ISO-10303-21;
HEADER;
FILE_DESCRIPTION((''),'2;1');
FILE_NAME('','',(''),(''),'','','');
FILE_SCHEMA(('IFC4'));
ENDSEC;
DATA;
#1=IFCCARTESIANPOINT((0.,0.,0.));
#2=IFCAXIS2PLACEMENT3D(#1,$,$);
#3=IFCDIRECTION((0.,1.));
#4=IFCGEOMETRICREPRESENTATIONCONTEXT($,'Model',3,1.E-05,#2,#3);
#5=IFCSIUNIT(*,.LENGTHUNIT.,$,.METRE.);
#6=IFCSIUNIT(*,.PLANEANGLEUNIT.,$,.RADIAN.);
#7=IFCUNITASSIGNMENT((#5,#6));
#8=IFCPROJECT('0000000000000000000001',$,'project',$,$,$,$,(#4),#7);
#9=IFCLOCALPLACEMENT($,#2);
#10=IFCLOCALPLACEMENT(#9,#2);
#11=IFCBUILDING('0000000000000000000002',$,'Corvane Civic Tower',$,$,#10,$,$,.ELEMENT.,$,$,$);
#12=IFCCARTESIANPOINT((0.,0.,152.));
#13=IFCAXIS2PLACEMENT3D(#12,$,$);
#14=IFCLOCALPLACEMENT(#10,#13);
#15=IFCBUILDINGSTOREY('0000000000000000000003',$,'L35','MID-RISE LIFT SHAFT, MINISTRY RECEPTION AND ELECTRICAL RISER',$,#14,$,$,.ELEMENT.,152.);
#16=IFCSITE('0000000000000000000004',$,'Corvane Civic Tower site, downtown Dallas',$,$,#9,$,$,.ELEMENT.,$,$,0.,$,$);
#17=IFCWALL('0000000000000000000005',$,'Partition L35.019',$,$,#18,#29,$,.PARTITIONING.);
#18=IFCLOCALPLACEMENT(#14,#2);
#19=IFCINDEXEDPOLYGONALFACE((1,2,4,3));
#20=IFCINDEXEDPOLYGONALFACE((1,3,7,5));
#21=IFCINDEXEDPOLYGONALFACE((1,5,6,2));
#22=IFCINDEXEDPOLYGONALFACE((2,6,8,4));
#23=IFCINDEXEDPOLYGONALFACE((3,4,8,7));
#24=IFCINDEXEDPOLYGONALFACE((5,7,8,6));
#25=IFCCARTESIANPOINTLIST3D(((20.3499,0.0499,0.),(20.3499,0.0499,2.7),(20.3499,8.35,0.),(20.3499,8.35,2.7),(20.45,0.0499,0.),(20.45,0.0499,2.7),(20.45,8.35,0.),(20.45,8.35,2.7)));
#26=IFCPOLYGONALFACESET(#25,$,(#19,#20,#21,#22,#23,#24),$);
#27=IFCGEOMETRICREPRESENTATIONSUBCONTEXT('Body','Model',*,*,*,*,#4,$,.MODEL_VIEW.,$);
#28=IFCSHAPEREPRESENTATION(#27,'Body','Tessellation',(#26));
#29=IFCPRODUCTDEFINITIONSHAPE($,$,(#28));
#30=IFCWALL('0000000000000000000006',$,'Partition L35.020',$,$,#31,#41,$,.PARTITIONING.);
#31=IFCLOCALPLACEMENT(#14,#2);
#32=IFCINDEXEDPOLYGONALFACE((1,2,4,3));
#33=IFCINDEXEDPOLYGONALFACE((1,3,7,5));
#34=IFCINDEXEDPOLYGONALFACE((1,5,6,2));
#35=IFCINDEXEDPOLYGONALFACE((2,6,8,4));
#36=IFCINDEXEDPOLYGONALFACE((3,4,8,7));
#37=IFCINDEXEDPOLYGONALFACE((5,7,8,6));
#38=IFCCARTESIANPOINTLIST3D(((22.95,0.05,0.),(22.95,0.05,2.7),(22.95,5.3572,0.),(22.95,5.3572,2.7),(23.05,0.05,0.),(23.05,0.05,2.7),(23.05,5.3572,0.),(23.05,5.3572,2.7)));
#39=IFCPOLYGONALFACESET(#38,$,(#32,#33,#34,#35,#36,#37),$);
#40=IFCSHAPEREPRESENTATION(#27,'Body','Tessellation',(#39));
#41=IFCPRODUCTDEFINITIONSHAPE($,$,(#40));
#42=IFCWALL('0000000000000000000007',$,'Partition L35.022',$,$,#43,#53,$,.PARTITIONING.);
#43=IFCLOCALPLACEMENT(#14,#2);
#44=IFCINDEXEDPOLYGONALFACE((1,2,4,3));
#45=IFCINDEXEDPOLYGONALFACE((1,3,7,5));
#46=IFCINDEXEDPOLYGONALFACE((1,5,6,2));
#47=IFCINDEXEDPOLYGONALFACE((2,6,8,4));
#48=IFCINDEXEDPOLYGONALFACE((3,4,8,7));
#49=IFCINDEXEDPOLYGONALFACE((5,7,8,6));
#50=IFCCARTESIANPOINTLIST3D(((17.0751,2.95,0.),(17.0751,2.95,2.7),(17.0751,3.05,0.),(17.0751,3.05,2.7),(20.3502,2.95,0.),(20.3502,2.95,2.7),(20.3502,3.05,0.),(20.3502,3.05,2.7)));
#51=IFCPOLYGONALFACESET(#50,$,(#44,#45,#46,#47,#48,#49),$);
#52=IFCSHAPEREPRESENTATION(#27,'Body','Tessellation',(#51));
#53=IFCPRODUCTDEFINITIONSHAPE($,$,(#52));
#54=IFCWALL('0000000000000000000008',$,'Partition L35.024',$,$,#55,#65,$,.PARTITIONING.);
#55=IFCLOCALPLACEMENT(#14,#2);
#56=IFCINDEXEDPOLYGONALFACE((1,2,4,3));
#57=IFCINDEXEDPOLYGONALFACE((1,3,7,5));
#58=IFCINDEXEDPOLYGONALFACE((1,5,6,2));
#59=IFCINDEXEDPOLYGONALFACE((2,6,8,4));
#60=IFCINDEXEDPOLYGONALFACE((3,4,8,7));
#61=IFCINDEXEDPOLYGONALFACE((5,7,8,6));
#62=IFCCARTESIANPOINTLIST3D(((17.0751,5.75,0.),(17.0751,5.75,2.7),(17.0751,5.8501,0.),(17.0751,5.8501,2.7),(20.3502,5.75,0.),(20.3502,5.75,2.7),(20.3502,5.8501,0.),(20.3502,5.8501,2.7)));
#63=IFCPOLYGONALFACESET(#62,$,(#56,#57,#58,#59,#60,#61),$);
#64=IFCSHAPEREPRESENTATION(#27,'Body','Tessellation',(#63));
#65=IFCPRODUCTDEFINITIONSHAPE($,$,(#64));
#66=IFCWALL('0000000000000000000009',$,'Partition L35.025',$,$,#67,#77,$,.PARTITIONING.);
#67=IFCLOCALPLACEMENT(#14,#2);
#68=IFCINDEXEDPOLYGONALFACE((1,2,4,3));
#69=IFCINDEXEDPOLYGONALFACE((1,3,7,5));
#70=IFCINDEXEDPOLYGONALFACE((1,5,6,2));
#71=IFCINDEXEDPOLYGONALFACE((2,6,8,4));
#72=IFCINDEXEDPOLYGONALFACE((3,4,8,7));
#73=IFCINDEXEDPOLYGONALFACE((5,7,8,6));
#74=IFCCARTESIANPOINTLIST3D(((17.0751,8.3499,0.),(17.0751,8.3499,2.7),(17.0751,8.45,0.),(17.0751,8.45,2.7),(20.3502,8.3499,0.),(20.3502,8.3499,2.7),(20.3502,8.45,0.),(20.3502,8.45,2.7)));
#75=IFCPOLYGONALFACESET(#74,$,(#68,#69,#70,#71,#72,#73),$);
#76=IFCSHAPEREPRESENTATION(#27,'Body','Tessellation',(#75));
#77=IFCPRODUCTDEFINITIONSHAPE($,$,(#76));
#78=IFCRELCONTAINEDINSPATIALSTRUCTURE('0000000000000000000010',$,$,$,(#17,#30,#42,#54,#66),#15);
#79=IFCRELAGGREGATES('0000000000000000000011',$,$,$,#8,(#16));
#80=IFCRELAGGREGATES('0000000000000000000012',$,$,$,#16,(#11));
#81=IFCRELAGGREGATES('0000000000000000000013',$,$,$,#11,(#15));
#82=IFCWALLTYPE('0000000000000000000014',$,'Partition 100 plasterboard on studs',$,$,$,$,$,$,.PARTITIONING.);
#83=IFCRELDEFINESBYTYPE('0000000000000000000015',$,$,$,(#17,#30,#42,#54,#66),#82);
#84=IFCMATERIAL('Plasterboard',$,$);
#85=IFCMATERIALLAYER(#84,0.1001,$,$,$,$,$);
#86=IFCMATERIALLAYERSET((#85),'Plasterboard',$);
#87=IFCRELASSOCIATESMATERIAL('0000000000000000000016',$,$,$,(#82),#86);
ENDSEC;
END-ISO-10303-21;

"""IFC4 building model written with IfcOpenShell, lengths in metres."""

from ifc_helpers import new_model, si_unit, direction, frame, frame_2d, origin, place, context, subcontext, project, spatial, rectangle, extrude, material, layer, layer_set, type_object, element, save


model = new_model("IFC4")

# Units and contexts
model_context = context("Model", 3, precision=1e-05, world=origin(), true_north=direction((0.0, 1.0)))
body_context = subcontext(model_context, "Body", "Model", "MODEL_VIEW")
ifc_project = project(units=[si_unit("LENGTHUNIT", "METRE"), si_unit("PLANEANGLEUNIT", "RADIAN")], contexts=[model_context])

# Site, building, storey
site_placement = place(None, origin())
site = spatial("IfcSite", under=ifc_project, at=site_placement, Name="Corvane Civic Tower site, downtown Dallas", CompositionType="ELEMENT", RefElevation=0.0)
building_placement = place(site_placement, origin())
building = spatial("IfcBuilding", under=site, at=building_placement, Name="Corvane Civic Tower", CompositionType="ELEMENT")
storey_placement = place(building_placement, frame((0.0, 0.0, 152.0)))
storey = spatial("IfcBuildingStorey", under=building, at=storey_placement, Name="L35", Description="MID-RISE LIFT SHAFT, MINISTRY RECEPTION AND ELECTRICAL RISER", CompositionType="ELEMENT", Elevation=152.0)

# Walls
ifc_material_1 = material(Name="Plasterboard")
ifc_layer_1 = layer(ifc_material_1, 0.1001)
ifc_layer_set_1 = layer_set([ifc_layer_1], Name="Plasterboard")
wall_type = type_object("IfcWallType", Name="Partition 100 plasterboard on studs", PredefinedType="PARTITIONING", material=ifc_layer_set_1)
wall_1_placement = place(storey_placement, frame((20.3999, 0.05, 0.0), z_axis=(0.0, 0.0, 1.0), x_axis=(0.0, 1.0, 0.0)))
element("IfcWall", 1, at=wall_1_placement, inside=storey, type_object=wall_type, Name="Partition L35.019", PredefinedType="PARTITIONING", context=body_context, shape_type="SweptSolid", body=[
    extrude(rectangle(XDim=8.3, YDim=0.1001, at=frame_2d((4.1499, 0.0))), origin(), (0.0, 0.0, 1.0), 2.7),
])
wall_2_placement = place(storey_placement, frame((23.0, 0.05, 0.0), z_axis=(0.0, 0.0, 1.0), x_axis=(0.0, 1.0, 0.0)))
element("IfcWall", 2, at=wall_2_placement, inside=storey, type_object=wall_type, Name="Partition L35.020", PredefinedType="PARTITIONING", context=body_context, shape_type="SweptSolid", body=[
    extrude(rectangle(XDim=5.3071, YDim=0.1001, at=frame_2d((2.6536, 0.0))), origin(), (0.0, 0.0, 1.0), 2.7),
])
for number, where, z_axis, x_axis, name in (
    (3, (17.075, 3.0, 0.0), (0.0, 0.0, 1.0), (1.0, 0.0, 0.0), "Partition L35.022"),
    (4, (17.075, 5.8, 0.0), (0.0, 0.0, 1.0), (1.0, 0.0, 0.0), "Partition L35.024"),
    (5, (17.075, 8.3999, 0.0), (0.0, 0.0, 1.0), (1.0, 0.0, 0.0), "Partition L35.025"),
):
    element("IfcWall", number, at=place(storey_placement, frame(where, z_axis=z_axis, x_axis=x_axis)), inside=storey, type_object=wall_type, Name=name, PredefinedType="PARTITIONING", context=body_context, shape_type="SweptSolid", body=[
        extrude(rectangle(XDim=3.2751, YDim=0.1001, at=frame_2d((1.6377, 0.0))), origin(), (0.0, 0.0, 1.0), 2.7),
    ])

save(model, "model.ifc")
